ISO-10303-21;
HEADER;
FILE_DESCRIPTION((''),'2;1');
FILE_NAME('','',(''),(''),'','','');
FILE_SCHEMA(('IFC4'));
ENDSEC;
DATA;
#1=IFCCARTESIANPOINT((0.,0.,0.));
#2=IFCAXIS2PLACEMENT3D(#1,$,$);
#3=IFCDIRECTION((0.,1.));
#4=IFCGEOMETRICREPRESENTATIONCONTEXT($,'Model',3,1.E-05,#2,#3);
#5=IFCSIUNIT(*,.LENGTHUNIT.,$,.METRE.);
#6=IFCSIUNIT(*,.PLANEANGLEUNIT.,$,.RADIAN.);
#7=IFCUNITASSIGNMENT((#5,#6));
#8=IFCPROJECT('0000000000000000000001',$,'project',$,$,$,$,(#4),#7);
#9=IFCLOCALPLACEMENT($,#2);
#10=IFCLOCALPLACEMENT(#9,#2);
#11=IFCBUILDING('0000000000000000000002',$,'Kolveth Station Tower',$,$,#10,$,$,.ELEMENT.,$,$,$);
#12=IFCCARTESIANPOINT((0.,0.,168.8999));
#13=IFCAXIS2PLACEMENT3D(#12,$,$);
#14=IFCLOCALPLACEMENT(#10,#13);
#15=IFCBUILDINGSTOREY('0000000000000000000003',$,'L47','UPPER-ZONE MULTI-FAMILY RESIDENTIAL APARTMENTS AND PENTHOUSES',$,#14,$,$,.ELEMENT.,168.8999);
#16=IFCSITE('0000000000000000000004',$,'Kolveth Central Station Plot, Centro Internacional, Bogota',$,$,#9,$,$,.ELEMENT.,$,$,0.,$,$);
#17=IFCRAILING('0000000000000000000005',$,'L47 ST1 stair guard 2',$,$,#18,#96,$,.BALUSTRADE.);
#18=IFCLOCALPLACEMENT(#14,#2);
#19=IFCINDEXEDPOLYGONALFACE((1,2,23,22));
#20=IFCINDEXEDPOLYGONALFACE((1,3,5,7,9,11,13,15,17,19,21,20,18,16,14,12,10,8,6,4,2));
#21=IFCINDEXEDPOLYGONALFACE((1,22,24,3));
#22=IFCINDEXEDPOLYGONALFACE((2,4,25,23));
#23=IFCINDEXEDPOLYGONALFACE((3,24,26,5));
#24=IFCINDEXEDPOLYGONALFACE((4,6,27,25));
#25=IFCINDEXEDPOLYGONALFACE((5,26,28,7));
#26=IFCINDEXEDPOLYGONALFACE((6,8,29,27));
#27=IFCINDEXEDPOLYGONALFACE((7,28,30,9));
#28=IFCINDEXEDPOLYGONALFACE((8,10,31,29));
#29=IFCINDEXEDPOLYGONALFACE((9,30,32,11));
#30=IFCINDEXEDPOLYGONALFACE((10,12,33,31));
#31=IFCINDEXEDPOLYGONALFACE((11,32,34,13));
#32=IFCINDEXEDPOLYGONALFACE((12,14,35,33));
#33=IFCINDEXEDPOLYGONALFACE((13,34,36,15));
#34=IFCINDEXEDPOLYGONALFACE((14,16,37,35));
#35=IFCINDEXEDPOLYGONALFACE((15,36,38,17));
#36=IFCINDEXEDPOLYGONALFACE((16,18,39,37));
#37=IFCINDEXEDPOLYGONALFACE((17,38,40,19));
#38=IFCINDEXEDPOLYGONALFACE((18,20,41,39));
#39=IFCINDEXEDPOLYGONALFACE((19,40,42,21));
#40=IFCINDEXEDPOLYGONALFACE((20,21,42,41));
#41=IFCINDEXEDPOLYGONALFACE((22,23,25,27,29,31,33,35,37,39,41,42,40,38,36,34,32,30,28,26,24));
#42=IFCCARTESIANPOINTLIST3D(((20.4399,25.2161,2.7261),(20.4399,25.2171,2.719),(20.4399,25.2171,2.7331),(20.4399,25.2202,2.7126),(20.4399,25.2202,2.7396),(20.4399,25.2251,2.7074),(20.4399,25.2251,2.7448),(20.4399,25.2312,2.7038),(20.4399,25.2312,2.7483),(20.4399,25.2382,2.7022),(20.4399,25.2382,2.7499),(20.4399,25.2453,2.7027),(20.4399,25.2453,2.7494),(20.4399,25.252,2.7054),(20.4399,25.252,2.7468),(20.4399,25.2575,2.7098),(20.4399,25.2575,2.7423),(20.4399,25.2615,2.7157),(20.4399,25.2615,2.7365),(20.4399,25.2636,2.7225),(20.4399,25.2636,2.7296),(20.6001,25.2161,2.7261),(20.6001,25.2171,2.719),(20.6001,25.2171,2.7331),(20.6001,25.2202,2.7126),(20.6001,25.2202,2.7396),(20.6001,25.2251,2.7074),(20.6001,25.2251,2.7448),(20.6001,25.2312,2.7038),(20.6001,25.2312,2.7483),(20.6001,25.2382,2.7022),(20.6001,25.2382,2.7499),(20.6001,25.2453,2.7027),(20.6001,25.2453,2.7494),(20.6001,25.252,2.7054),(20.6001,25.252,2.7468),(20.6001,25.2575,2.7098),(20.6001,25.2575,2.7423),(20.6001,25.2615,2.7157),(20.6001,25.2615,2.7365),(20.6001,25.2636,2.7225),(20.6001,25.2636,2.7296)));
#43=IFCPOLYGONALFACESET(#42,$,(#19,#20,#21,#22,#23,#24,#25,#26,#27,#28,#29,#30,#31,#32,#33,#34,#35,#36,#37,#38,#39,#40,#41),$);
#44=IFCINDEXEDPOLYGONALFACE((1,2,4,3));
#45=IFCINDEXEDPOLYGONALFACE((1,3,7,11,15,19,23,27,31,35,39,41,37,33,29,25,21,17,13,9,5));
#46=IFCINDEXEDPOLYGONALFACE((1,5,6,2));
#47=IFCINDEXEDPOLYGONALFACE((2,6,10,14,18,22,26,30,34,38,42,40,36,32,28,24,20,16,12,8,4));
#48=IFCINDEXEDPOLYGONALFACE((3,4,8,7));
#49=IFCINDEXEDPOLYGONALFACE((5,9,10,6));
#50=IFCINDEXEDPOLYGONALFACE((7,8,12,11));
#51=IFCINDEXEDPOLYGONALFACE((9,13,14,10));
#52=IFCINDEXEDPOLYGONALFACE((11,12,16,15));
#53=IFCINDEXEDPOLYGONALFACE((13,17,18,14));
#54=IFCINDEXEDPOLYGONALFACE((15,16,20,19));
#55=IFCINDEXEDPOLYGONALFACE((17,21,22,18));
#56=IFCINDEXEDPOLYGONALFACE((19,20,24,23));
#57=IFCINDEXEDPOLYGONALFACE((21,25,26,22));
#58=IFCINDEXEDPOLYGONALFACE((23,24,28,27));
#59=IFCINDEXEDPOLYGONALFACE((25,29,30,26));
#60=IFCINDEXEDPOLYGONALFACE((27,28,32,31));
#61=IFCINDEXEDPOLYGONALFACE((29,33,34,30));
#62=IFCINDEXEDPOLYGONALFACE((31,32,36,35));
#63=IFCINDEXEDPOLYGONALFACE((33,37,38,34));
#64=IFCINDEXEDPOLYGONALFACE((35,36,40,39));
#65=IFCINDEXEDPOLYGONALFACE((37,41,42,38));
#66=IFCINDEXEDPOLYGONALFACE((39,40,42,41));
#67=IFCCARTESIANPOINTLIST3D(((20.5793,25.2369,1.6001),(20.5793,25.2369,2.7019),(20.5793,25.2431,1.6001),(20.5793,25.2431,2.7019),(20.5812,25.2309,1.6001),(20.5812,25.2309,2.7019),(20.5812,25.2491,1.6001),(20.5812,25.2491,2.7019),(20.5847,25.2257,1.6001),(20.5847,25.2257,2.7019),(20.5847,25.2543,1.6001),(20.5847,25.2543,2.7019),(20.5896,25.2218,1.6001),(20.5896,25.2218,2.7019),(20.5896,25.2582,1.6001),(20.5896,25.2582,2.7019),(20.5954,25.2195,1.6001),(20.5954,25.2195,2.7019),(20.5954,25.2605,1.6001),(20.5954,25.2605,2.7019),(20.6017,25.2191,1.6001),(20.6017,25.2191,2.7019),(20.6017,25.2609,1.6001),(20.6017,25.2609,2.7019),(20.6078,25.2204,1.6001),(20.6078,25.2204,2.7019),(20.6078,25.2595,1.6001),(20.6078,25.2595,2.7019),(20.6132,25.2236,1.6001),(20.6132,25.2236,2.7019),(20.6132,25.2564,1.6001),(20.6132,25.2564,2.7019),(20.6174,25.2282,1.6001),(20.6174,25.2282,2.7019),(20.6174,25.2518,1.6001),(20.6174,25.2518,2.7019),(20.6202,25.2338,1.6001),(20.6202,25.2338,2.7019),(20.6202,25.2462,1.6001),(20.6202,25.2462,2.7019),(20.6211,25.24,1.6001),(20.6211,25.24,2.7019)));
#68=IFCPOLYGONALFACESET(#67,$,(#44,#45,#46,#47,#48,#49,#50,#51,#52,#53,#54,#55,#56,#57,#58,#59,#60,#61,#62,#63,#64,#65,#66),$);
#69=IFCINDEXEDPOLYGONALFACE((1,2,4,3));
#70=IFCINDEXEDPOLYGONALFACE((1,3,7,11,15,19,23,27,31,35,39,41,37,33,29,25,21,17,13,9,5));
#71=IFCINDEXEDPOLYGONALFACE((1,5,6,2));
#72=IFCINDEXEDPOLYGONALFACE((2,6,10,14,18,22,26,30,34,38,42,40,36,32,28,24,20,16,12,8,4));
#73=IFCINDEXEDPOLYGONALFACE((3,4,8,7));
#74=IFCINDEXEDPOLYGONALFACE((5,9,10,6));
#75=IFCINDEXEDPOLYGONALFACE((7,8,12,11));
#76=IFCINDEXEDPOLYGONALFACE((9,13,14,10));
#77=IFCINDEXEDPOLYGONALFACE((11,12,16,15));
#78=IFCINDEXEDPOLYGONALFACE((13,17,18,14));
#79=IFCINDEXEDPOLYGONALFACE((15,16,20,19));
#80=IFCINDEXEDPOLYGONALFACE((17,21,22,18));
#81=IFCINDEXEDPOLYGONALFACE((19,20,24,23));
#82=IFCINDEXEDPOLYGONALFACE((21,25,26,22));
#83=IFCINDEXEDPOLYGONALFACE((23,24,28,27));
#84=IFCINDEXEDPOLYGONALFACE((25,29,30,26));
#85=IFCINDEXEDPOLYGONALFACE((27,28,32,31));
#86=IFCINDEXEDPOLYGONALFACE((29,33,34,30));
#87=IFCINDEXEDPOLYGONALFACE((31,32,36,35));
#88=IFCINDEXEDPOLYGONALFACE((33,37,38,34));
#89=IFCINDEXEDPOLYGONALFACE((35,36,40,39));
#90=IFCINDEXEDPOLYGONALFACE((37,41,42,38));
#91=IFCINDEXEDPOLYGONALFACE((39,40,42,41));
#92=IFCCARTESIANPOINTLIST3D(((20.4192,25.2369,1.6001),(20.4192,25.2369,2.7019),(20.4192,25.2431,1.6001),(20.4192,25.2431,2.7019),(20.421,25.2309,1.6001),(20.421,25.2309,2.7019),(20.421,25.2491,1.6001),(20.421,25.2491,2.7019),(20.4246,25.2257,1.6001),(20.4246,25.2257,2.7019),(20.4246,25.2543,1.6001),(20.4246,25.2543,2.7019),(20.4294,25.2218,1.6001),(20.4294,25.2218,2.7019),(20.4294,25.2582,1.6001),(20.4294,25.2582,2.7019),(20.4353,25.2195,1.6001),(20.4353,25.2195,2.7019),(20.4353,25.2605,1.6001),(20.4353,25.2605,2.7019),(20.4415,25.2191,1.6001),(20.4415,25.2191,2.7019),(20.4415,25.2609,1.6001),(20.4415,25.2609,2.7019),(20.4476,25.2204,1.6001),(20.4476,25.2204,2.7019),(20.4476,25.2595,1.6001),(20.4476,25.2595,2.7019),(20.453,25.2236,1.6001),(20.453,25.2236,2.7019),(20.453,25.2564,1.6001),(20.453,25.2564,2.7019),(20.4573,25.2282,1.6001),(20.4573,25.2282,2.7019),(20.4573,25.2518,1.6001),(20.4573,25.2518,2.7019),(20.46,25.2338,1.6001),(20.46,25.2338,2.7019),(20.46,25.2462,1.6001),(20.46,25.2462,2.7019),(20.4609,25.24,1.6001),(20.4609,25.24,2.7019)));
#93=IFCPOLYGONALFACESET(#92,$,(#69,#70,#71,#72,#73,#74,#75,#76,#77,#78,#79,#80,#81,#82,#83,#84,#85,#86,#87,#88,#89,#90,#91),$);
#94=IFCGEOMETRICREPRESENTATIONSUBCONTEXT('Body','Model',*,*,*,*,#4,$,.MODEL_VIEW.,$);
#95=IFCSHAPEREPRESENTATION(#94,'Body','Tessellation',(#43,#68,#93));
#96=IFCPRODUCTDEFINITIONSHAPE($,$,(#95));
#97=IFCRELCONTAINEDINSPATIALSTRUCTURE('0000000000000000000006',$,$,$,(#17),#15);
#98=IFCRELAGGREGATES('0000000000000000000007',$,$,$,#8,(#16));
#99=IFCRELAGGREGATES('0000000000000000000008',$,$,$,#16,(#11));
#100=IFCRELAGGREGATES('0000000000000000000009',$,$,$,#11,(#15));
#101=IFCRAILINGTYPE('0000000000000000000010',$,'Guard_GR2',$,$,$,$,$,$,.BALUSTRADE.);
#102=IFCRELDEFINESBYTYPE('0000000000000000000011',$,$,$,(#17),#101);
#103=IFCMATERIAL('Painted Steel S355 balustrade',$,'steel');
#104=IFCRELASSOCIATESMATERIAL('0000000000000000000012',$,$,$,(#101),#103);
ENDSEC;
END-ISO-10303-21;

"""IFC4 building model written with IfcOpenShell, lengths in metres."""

from ifc_helpers import new_model, si_unit, direction, frame, origin, origin_2d, place, context, subcontext, project, spatial, circle, extrude, material, type_object, element, save


model = new_model("IFC4")

# Units and contexts
model_context = context("Model", 3, precision=1e-05, world=origin(), true_north=direction((0.0, 1.0)))
body_context = subcontext(model_context, "Body", "Model", "MODEL_VIEW")
ifc_project = project(units=[si_unit("LENGTHUNIT", "METRE"), si_unit("PLANEANGLEUNIT", "RADIAN")], contexts=[model_context])

# Site, building, storey
site_placement = place(None, origin())
site = spatial("IfcSite", under=ifc_project, at=site_placement, Name="Kolveth Central Station Plot, Centro Internacional, Bogota", CompositionType="ELEMENT", RefElevation=0.0)
building_placement = place(site_placement, origin())
building = spatial("IfcBuilding", under=site, at=building_placement, Name="Kolveth Station Tower", CompositionType="ELEMENT")
storey_placement = place(building_placement, frame((0.0, 0.0, 168.8999)))
storey = spatial("IfcBuildingStorey", under=building, at=storey_placement, Name="L47", Description="UPPER-ZONE MULTI-FAMILY RESIDENTIAL APARTMENTS AND PENTHOUSES", CompositionType="ELEMENT", Elevation=168.8999)

# Railing
ifc_material_1 = material(Name="Painted Steel S355 balustrade", Category="steel")
railing_type_1 = type_object("IfcRailingType", Name="Guard_GR2", PredefinedType="BALUSTRADE", material=ifc_material_1)
railing_1_placement = place(storey_placement, frame((20.6001, 25.24, 1.6001)))
element("IfcRailing", 1, at=railing_1_placement, inside=storey, type_object=railing_type_1, Name="L47 ST1 stair guard 2", PredefinedType="BALUSTRADE", context=body_context, shape_type="SweptSolid", body=[
    extrude(circle(Radius=0.0239, at=origin_2d()), frame((0.0, 0.0, 1.126), z_axis=(-1.0, 0.0, 0.0), x_axis=(0.0, -1.0, 0.0)), (0.0, 0.0, 1.0), 0.1602),
    extrude(circle(Radius=0.021, at=origin_2d()), origin(), (0.0, 0.0, 1.0), 1.1018),
    extrude(circle(Radius=0.021, at=origin_2d()), frame((-0.1602, 0.0, 0.0)), (0.0, 0.0, 1.0), 1.1018),
])

save(model, "model.ifc")
